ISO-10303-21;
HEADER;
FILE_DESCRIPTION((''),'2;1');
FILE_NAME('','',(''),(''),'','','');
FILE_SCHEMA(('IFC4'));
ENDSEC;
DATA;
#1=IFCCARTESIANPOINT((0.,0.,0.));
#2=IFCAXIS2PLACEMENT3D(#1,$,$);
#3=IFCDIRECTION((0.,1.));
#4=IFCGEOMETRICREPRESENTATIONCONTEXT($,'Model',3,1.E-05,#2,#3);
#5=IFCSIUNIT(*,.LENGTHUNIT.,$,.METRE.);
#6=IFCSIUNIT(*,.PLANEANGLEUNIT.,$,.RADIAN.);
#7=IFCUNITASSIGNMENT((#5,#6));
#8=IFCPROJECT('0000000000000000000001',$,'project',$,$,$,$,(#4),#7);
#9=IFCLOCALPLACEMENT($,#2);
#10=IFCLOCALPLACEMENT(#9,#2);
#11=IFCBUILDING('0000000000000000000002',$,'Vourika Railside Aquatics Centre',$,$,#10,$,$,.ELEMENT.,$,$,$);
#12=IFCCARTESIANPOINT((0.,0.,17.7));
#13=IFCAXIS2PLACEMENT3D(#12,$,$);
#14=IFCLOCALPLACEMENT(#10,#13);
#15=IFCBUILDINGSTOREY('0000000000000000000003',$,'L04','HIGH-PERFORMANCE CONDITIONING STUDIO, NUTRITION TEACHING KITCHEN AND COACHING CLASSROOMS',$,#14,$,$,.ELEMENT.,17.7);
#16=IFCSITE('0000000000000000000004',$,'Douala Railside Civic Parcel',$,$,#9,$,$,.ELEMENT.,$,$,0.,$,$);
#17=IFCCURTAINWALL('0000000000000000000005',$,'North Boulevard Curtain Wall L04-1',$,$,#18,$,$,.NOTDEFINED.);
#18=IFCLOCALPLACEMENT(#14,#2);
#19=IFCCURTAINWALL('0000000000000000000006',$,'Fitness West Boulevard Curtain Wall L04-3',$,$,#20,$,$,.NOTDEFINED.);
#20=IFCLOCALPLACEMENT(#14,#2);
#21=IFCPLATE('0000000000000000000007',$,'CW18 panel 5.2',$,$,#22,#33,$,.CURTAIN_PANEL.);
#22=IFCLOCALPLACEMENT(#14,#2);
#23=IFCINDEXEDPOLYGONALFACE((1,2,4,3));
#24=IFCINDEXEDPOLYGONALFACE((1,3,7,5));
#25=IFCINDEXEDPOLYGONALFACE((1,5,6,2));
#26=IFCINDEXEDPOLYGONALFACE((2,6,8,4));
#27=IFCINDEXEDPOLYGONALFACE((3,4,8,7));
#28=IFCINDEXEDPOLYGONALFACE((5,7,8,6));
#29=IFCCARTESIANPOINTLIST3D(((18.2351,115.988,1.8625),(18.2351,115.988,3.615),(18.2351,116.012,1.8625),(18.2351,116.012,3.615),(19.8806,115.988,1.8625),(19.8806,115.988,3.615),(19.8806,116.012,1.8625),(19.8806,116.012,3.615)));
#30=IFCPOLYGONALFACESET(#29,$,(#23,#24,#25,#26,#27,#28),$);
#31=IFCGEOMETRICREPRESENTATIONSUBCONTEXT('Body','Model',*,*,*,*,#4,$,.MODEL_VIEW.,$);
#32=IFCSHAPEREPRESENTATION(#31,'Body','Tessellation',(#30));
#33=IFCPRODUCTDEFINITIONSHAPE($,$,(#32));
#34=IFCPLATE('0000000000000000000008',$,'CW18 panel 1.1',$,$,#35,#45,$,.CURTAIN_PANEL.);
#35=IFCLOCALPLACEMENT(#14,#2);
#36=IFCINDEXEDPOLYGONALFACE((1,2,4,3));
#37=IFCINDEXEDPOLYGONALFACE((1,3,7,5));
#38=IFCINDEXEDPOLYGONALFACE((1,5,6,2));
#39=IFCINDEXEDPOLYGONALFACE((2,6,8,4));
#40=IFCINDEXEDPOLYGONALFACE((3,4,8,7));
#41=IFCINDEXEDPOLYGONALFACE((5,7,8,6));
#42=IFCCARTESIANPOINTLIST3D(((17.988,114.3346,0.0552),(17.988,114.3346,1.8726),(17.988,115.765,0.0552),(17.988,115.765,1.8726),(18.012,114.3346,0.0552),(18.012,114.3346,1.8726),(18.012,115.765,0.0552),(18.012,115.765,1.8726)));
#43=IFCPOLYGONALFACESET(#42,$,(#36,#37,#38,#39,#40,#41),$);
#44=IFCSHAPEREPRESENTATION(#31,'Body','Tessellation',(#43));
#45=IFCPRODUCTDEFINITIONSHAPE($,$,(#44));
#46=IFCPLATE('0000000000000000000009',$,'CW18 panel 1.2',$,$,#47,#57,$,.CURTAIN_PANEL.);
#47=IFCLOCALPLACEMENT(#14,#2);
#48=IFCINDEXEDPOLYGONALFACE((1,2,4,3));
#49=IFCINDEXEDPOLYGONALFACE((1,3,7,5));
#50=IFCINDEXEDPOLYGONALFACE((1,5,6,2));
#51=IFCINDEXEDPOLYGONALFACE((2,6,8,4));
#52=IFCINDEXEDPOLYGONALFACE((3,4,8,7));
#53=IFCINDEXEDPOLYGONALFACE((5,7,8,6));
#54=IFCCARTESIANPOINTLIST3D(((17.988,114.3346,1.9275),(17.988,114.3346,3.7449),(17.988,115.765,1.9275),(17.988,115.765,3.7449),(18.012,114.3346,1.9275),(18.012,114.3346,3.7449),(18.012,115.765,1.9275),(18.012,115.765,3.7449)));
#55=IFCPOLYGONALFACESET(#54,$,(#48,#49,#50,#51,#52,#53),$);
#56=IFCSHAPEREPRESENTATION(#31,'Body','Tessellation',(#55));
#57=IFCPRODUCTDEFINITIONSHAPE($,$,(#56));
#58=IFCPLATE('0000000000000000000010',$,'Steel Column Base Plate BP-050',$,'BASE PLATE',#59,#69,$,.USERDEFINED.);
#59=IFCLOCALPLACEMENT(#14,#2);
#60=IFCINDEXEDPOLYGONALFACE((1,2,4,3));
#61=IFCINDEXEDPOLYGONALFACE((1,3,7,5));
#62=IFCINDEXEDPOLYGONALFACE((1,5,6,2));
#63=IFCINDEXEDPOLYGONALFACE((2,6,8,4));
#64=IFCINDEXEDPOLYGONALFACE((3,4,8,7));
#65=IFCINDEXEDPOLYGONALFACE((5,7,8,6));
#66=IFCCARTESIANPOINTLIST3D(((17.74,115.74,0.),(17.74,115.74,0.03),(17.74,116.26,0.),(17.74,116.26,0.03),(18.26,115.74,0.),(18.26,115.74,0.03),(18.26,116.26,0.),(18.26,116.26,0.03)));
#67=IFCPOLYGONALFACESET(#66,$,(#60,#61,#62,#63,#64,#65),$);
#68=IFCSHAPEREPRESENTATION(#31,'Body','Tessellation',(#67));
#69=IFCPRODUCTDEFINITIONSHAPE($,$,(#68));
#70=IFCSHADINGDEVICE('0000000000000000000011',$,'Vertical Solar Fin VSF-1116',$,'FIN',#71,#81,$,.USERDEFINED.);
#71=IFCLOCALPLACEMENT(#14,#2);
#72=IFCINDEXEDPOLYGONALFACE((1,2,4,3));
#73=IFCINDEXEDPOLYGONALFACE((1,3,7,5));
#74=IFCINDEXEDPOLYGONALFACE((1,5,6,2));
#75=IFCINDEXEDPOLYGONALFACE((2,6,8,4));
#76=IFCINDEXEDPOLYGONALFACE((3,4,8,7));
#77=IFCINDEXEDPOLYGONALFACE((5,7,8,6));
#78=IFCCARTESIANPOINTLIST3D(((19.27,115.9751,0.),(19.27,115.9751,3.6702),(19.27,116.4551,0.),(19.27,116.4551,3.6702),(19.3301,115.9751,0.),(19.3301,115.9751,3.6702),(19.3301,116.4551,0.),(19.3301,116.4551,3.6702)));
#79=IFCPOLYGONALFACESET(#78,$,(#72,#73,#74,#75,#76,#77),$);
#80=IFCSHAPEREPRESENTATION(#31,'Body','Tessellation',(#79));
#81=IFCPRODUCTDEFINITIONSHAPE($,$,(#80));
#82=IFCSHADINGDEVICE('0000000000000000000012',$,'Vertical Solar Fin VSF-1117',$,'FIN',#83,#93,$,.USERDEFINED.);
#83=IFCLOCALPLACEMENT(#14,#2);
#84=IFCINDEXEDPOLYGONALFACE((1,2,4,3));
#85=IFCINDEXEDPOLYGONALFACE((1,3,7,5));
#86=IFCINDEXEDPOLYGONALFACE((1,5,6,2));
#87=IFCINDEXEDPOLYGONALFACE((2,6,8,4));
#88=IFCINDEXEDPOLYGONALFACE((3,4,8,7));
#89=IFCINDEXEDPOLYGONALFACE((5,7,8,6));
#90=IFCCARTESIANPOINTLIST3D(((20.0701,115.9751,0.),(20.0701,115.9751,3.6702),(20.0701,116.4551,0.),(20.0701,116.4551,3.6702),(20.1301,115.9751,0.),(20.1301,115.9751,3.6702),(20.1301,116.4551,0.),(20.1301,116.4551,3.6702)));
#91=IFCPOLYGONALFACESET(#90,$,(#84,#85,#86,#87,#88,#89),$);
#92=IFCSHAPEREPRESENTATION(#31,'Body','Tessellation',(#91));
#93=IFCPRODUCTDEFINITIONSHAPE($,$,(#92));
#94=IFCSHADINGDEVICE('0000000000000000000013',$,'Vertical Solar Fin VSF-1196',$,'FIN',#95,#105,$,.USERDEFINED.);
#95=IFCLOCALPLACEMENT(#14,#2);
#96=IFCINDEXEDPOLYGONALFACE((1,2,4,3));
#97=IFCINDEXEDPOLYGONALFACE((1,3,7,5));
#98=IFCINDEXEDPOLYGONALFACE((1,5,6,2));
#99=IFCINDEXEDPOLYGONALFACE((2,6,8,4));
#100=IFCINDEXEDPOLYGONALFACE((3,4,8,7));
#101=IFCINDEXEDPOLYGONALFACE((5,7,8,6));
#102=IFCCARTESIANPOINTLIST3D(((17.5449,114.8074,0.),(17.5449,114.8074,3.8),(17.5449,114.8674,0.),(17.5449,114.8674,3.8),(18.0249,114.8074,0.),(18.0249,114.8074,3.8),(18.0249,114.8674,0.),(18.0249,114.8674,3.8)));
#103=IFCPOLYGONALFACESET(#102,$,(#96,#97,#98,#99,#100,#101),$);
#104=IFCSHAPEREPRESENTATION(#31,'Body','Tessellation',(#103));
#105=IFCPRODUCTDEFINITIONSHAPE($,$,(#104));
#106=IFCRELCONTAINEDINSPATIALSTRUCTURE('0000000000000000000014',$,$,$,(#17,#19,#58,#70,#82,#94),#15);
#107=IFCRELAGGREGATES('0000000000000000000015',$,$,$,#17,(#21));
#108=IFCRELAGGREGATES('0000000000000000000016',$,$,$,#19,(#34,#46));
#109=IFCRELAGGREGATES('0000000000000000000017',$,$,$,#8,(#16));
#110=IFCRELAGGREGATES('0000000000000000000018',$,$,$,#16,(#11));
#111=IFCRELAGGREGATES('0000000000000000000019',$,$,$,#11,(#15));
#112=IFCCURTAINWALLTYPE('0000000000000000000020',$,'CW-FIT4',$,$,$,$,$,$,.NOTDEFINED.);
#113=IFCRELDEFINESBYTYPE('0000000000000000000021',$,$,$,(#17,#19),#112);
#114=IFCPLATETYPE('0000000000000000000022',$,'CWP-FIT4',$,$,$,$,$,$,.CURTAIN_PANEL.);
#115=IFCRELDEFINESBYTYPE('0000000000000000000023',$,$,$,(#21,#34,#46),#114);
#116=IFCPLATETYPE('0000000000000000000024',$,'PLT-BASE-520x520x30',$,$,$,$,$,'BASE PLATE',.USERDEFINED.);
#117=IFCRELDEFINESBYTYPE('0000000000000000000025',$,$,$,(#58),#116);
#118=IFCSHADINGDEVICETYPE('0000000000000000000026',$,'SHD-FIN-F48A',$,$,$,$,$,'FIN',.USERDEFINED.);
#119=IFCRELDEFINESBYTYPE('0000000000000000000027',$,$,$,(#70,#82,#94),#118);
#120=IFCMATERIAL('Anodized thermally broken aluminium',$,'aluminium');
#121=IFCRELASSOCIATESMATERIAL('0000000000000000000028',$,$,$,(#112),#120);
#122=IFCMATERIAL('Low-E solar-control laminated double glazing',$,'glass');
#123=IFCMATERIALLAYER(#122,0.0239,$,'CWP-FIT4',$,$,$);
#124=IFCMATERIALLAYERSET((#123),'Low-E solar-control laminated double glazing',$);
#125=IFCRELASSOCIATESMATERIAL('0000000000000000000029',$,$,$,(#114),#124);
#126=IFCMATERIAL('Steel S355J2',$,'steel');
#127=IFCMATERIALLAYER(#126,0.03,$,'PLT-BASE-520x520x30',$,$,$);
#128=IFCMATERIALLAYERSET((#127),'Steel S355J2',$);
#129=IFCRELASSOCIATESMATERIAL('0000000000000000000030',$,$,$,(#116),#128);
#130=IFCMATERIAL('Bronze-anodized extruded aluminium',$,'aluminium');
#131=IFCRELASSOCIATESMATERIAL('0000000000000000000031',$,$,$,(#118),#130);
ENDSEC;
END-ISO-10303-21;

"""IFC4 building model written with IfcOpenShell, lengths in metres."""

from ifc_helpers import new_model, si_unit, direction, frame, origin, origin_2d, place, context, subcontext, project, spatial, rectangle, extrude, material, layer, layer_set, material_profile, profile_set, type_object, element, aggregate, save


model = new_model("IFC4")

# Units and contexts
model_context = context("Model", 3, precision=1e-05, world=origin(), true_north=direction((0.0, 1.0)))
body_context = subcontext(model_context, "Body", "Model", "MODEL_VIEW")
ifc_project = project(units=[si_unit("LENGTHUNIT", "METRE"), si_unit("PLANEANGLEUNIT", "RADIAN")], contexts=[model_context])

# Site, building, storey
site_placement = place(None, origin())
site = spatial("IfcSite", under=ifc_project, at=site_placement, Name="Douala Railside Civic Parcel", CompositionType="ELEMENT", RefElevation=0.0)
building_placement = place(site_placement, origin())
building = spatial("IfcBuilding", under=site, at=building_placement, Name="Vourika Railside Aquatics Centre", CompositionType="ELEMENT")
storey_placement = place(building_placement, frame((0.0, 0.0, 17.7)))
storey = spatial("IfcBuildingStorey", under=building, at=storey_placement, Name="L04", Description="HIGH-PERFORMANCE CONDITIONING STUDIO, NUTRITION TEACHING KITCHEN AND COACHING CLASSROOMS", CompositionType="ELEMENT", Elevation=17.7)

# Shared definitions
ifc_material_1 = material(Name="Steel S355J2", Category="steel")

# Curtain walls
ifc_material_2 = material(Name="Anodized thermally broken aluminium", Category="aluminium")
curtain_wall_type = type_object("IfcCurtainWallType", Name="CW-FIT4", PredefinedType="NOTDEFINED", material=ifc_material_2)
curtain_wall_1_placement = place(storey_placement, origin())
curtain_wall_1 = element("IfcCurtainWall", 1, at=curtain_wall_1_placement, inside=storey, type_object=curtain_wall_type, Name="North Boulevard Curtain Wall L04-1", PredefinedType="NOTDEFINED")
curtain_wall_2_placement = place(storey_placement, origin())
curtain_wall_2 = element("IfcCurtainWall", 2, at=curtain_wall_2_placement, inside=storey, type_object=curtain_wall_type, Name="Fitness West Boulevard Curtain Wall L04-3", PredefinedType="NOTDEFINED")

# Plates
ifc_material_3 = material(Name="Low-E solar-control laminated double glazing", Category="glass")
ifc_layer_1 = layer(ifc_material_3, 0.0239, Name="CWP-FIT4")
ifc_layer_set_1 = layer_set([ifc_layer_1], Name="Low-E solar-control laminated double glazing")
plate_type_1 = type_object("IfcPlateType", Name="CWP-FIT4", PredefinedType="CURTAIN_PANEL", material=ifc_layer_set_1)
plate_1_placement = place(storey_placement, frame((19.0579, 116.0, 1.8625), z_axis=(0.0, 0.0, 1.0), x_axis=(-1.0, 0.0, 0.0)))
plate_1 = element("IfcPlate", 3, at=plate_1_placement, type_object=plate_type_1, Name="CW18 panel 5.2", PredefinedType="CURTAIN_PANEL", context=body_context, shape_type="SweptSolid", body=[
    extrude(rectangle(XDim=1.6455, YDim=0.0239, at=origin_2d()), origin(), (0.0, 0.0, 1.0), 1.7524),
])
aggregate(curtain_wall_1, [plate_1])
plate_2_placement = place(storey_placement, frame((18.0, 115.0498, 0.0552), z_axis=(0.0, 0.0, 1.0), x_axis=(0.0, -1.0, 0.0)))
plate_2 = element("IfcPlate", 4, at=plate_2_placement, type_object=plate_type_1, Name="CW18 panel 1.1", PredefinedType="CURTAIN_PANEL", context=body_context, shape_type="SweptSolid", body=[
    extrude(rectangle(XDim=1.4304, YDim=0.0239, at=origin_2d()), origin(), (0.0, 0.0, 1.0), 1.8174),
])
plate_3_placement = place(storey_placement, frame((18.0, 115.0498, 1.9275), z_axis=(0.0, 0.0, 1.0), x_axis=(0.0, -1.0, 0.0)))
plate_3 = element("IfcPlate", 5, at=plate_3_placement, type_object=plate_type_1, Name="CW18 panel 1.2", PredefinedType="CURTAIN_PANEL", context=body_context, shape_type="SweptSolid", body=[
    extrude(rectangle(XDim=1.4304, YDim=0.0239, at=origin_2d()), origin(), (0.0, 0.0, 1.0), 1.8174),
])
aggregate(curtain_wall_2, [plate_2, plate_3])
ifc_layer_2 = layer(ifc_material_1, 0.03, Name="PLT-BASE-520x520x30")
ifc_layer_set_2 = layer_set([ifc_layer_2], Name="Steel S355J2")
plate_type_2 = type_object("IfcPlateType", Name="PLT-BASE-520x520x30", ElementType="BASE PLATE", PredefinedType="USERDEFINED", material=ifc_layer_set_2)
plate_4_placement = place(storey_placement, frame((18.0, 116.0, 0.0), z_axis=(0.0, 0.0, 1.0), x_axis=(1.0, 0.0, 0.0)))
element("IfcPlate", 6, at=plate_4_placement, inside=storey, type_object=plate_type_2, Name="Steel Column Base Plate BP-050", ObjectType="BASE PLATE", PredefinedType="USERDEFINED", context=body_context, shape_type="SweptSolid", body=[
    extrude(rectangle(XDim=0.52, YDim=0.52, at=origin_2d()), origin(), (0.0, 0.0, 1.0), 0.03),
])

# Shading devices
ifc_material_4 = material(Name="Bronze-anodized extruded aluminium", Category="aluminium")
ifc_material_profile_1 = material_profile(ifc_material_4, rectangle(XDim=0.0601, YDim=0.48, at=origin_2d()), Name="ALU-FIN 60x480")
ifc_profile_set_1 = profile_set([ifc_material_profile_1], Name="Bronze-anodized extruded aluminium")
shading_device_type = type_object("IfcShadingDeviceType", Name="SHD-FIN-F48A", ElementType="FIN", PredefinedType="USERDEFINED", material=ifc_profile_set_1)
for number, where, z_axis, x_axis, name in (
    (7, (19.3, 116.2151, 0.0), (0.0, 0.0, 1.0), (1.0, 0.0, 0.0), "Vertical Solar Fin VSF-1116"),
    (8, (20.1001, 116.2151, 0.0), (0.0, 0.0, 1.0), (1.0, 0.0, 0.0), "Vertical Solar Fin VSF-1117"),
):
    element("IfcShadingDevice", number, at=place(storey_placement, frame(where, z_axis=z_axis, x_axis=x_axis)), inside=storey, type_object=shading_device_type, Name=name, ObjectType="FIN", PredefinedType="USERDEFINED", context=body_context, shape_type="SweptSolid", body=[
        extrude(rectangle(XDim=0.0601, YDim=0.48, at=origin_2d()), origin(), (0.0, 0.0, 1.0), 3.6702),
    ])
shading_device_placement = place(storey_placement, frame((17.7849, 114.8374, 0.0), z_axis=(0.0, 0.0, 1.0), x_axis=(0.0, 1.0, 0.0)))
element("IfcShadingDevice", 9, at=shading_device_placement, inside=storey, type_object=shading_device_type, Name="Vertical Solar Fin VSF-1196", ObjectType="FIN", PredefinedType="USERDEFINED", context=body_context, shape_type="SweptSolid", body=[
    extrude(rectangle(XDim=0.0601, YDim=0.48, at=origin_2d()), origin(), (0.0, 0.0, 1.0), 3.8),
])

save(model, "model.ifc")
